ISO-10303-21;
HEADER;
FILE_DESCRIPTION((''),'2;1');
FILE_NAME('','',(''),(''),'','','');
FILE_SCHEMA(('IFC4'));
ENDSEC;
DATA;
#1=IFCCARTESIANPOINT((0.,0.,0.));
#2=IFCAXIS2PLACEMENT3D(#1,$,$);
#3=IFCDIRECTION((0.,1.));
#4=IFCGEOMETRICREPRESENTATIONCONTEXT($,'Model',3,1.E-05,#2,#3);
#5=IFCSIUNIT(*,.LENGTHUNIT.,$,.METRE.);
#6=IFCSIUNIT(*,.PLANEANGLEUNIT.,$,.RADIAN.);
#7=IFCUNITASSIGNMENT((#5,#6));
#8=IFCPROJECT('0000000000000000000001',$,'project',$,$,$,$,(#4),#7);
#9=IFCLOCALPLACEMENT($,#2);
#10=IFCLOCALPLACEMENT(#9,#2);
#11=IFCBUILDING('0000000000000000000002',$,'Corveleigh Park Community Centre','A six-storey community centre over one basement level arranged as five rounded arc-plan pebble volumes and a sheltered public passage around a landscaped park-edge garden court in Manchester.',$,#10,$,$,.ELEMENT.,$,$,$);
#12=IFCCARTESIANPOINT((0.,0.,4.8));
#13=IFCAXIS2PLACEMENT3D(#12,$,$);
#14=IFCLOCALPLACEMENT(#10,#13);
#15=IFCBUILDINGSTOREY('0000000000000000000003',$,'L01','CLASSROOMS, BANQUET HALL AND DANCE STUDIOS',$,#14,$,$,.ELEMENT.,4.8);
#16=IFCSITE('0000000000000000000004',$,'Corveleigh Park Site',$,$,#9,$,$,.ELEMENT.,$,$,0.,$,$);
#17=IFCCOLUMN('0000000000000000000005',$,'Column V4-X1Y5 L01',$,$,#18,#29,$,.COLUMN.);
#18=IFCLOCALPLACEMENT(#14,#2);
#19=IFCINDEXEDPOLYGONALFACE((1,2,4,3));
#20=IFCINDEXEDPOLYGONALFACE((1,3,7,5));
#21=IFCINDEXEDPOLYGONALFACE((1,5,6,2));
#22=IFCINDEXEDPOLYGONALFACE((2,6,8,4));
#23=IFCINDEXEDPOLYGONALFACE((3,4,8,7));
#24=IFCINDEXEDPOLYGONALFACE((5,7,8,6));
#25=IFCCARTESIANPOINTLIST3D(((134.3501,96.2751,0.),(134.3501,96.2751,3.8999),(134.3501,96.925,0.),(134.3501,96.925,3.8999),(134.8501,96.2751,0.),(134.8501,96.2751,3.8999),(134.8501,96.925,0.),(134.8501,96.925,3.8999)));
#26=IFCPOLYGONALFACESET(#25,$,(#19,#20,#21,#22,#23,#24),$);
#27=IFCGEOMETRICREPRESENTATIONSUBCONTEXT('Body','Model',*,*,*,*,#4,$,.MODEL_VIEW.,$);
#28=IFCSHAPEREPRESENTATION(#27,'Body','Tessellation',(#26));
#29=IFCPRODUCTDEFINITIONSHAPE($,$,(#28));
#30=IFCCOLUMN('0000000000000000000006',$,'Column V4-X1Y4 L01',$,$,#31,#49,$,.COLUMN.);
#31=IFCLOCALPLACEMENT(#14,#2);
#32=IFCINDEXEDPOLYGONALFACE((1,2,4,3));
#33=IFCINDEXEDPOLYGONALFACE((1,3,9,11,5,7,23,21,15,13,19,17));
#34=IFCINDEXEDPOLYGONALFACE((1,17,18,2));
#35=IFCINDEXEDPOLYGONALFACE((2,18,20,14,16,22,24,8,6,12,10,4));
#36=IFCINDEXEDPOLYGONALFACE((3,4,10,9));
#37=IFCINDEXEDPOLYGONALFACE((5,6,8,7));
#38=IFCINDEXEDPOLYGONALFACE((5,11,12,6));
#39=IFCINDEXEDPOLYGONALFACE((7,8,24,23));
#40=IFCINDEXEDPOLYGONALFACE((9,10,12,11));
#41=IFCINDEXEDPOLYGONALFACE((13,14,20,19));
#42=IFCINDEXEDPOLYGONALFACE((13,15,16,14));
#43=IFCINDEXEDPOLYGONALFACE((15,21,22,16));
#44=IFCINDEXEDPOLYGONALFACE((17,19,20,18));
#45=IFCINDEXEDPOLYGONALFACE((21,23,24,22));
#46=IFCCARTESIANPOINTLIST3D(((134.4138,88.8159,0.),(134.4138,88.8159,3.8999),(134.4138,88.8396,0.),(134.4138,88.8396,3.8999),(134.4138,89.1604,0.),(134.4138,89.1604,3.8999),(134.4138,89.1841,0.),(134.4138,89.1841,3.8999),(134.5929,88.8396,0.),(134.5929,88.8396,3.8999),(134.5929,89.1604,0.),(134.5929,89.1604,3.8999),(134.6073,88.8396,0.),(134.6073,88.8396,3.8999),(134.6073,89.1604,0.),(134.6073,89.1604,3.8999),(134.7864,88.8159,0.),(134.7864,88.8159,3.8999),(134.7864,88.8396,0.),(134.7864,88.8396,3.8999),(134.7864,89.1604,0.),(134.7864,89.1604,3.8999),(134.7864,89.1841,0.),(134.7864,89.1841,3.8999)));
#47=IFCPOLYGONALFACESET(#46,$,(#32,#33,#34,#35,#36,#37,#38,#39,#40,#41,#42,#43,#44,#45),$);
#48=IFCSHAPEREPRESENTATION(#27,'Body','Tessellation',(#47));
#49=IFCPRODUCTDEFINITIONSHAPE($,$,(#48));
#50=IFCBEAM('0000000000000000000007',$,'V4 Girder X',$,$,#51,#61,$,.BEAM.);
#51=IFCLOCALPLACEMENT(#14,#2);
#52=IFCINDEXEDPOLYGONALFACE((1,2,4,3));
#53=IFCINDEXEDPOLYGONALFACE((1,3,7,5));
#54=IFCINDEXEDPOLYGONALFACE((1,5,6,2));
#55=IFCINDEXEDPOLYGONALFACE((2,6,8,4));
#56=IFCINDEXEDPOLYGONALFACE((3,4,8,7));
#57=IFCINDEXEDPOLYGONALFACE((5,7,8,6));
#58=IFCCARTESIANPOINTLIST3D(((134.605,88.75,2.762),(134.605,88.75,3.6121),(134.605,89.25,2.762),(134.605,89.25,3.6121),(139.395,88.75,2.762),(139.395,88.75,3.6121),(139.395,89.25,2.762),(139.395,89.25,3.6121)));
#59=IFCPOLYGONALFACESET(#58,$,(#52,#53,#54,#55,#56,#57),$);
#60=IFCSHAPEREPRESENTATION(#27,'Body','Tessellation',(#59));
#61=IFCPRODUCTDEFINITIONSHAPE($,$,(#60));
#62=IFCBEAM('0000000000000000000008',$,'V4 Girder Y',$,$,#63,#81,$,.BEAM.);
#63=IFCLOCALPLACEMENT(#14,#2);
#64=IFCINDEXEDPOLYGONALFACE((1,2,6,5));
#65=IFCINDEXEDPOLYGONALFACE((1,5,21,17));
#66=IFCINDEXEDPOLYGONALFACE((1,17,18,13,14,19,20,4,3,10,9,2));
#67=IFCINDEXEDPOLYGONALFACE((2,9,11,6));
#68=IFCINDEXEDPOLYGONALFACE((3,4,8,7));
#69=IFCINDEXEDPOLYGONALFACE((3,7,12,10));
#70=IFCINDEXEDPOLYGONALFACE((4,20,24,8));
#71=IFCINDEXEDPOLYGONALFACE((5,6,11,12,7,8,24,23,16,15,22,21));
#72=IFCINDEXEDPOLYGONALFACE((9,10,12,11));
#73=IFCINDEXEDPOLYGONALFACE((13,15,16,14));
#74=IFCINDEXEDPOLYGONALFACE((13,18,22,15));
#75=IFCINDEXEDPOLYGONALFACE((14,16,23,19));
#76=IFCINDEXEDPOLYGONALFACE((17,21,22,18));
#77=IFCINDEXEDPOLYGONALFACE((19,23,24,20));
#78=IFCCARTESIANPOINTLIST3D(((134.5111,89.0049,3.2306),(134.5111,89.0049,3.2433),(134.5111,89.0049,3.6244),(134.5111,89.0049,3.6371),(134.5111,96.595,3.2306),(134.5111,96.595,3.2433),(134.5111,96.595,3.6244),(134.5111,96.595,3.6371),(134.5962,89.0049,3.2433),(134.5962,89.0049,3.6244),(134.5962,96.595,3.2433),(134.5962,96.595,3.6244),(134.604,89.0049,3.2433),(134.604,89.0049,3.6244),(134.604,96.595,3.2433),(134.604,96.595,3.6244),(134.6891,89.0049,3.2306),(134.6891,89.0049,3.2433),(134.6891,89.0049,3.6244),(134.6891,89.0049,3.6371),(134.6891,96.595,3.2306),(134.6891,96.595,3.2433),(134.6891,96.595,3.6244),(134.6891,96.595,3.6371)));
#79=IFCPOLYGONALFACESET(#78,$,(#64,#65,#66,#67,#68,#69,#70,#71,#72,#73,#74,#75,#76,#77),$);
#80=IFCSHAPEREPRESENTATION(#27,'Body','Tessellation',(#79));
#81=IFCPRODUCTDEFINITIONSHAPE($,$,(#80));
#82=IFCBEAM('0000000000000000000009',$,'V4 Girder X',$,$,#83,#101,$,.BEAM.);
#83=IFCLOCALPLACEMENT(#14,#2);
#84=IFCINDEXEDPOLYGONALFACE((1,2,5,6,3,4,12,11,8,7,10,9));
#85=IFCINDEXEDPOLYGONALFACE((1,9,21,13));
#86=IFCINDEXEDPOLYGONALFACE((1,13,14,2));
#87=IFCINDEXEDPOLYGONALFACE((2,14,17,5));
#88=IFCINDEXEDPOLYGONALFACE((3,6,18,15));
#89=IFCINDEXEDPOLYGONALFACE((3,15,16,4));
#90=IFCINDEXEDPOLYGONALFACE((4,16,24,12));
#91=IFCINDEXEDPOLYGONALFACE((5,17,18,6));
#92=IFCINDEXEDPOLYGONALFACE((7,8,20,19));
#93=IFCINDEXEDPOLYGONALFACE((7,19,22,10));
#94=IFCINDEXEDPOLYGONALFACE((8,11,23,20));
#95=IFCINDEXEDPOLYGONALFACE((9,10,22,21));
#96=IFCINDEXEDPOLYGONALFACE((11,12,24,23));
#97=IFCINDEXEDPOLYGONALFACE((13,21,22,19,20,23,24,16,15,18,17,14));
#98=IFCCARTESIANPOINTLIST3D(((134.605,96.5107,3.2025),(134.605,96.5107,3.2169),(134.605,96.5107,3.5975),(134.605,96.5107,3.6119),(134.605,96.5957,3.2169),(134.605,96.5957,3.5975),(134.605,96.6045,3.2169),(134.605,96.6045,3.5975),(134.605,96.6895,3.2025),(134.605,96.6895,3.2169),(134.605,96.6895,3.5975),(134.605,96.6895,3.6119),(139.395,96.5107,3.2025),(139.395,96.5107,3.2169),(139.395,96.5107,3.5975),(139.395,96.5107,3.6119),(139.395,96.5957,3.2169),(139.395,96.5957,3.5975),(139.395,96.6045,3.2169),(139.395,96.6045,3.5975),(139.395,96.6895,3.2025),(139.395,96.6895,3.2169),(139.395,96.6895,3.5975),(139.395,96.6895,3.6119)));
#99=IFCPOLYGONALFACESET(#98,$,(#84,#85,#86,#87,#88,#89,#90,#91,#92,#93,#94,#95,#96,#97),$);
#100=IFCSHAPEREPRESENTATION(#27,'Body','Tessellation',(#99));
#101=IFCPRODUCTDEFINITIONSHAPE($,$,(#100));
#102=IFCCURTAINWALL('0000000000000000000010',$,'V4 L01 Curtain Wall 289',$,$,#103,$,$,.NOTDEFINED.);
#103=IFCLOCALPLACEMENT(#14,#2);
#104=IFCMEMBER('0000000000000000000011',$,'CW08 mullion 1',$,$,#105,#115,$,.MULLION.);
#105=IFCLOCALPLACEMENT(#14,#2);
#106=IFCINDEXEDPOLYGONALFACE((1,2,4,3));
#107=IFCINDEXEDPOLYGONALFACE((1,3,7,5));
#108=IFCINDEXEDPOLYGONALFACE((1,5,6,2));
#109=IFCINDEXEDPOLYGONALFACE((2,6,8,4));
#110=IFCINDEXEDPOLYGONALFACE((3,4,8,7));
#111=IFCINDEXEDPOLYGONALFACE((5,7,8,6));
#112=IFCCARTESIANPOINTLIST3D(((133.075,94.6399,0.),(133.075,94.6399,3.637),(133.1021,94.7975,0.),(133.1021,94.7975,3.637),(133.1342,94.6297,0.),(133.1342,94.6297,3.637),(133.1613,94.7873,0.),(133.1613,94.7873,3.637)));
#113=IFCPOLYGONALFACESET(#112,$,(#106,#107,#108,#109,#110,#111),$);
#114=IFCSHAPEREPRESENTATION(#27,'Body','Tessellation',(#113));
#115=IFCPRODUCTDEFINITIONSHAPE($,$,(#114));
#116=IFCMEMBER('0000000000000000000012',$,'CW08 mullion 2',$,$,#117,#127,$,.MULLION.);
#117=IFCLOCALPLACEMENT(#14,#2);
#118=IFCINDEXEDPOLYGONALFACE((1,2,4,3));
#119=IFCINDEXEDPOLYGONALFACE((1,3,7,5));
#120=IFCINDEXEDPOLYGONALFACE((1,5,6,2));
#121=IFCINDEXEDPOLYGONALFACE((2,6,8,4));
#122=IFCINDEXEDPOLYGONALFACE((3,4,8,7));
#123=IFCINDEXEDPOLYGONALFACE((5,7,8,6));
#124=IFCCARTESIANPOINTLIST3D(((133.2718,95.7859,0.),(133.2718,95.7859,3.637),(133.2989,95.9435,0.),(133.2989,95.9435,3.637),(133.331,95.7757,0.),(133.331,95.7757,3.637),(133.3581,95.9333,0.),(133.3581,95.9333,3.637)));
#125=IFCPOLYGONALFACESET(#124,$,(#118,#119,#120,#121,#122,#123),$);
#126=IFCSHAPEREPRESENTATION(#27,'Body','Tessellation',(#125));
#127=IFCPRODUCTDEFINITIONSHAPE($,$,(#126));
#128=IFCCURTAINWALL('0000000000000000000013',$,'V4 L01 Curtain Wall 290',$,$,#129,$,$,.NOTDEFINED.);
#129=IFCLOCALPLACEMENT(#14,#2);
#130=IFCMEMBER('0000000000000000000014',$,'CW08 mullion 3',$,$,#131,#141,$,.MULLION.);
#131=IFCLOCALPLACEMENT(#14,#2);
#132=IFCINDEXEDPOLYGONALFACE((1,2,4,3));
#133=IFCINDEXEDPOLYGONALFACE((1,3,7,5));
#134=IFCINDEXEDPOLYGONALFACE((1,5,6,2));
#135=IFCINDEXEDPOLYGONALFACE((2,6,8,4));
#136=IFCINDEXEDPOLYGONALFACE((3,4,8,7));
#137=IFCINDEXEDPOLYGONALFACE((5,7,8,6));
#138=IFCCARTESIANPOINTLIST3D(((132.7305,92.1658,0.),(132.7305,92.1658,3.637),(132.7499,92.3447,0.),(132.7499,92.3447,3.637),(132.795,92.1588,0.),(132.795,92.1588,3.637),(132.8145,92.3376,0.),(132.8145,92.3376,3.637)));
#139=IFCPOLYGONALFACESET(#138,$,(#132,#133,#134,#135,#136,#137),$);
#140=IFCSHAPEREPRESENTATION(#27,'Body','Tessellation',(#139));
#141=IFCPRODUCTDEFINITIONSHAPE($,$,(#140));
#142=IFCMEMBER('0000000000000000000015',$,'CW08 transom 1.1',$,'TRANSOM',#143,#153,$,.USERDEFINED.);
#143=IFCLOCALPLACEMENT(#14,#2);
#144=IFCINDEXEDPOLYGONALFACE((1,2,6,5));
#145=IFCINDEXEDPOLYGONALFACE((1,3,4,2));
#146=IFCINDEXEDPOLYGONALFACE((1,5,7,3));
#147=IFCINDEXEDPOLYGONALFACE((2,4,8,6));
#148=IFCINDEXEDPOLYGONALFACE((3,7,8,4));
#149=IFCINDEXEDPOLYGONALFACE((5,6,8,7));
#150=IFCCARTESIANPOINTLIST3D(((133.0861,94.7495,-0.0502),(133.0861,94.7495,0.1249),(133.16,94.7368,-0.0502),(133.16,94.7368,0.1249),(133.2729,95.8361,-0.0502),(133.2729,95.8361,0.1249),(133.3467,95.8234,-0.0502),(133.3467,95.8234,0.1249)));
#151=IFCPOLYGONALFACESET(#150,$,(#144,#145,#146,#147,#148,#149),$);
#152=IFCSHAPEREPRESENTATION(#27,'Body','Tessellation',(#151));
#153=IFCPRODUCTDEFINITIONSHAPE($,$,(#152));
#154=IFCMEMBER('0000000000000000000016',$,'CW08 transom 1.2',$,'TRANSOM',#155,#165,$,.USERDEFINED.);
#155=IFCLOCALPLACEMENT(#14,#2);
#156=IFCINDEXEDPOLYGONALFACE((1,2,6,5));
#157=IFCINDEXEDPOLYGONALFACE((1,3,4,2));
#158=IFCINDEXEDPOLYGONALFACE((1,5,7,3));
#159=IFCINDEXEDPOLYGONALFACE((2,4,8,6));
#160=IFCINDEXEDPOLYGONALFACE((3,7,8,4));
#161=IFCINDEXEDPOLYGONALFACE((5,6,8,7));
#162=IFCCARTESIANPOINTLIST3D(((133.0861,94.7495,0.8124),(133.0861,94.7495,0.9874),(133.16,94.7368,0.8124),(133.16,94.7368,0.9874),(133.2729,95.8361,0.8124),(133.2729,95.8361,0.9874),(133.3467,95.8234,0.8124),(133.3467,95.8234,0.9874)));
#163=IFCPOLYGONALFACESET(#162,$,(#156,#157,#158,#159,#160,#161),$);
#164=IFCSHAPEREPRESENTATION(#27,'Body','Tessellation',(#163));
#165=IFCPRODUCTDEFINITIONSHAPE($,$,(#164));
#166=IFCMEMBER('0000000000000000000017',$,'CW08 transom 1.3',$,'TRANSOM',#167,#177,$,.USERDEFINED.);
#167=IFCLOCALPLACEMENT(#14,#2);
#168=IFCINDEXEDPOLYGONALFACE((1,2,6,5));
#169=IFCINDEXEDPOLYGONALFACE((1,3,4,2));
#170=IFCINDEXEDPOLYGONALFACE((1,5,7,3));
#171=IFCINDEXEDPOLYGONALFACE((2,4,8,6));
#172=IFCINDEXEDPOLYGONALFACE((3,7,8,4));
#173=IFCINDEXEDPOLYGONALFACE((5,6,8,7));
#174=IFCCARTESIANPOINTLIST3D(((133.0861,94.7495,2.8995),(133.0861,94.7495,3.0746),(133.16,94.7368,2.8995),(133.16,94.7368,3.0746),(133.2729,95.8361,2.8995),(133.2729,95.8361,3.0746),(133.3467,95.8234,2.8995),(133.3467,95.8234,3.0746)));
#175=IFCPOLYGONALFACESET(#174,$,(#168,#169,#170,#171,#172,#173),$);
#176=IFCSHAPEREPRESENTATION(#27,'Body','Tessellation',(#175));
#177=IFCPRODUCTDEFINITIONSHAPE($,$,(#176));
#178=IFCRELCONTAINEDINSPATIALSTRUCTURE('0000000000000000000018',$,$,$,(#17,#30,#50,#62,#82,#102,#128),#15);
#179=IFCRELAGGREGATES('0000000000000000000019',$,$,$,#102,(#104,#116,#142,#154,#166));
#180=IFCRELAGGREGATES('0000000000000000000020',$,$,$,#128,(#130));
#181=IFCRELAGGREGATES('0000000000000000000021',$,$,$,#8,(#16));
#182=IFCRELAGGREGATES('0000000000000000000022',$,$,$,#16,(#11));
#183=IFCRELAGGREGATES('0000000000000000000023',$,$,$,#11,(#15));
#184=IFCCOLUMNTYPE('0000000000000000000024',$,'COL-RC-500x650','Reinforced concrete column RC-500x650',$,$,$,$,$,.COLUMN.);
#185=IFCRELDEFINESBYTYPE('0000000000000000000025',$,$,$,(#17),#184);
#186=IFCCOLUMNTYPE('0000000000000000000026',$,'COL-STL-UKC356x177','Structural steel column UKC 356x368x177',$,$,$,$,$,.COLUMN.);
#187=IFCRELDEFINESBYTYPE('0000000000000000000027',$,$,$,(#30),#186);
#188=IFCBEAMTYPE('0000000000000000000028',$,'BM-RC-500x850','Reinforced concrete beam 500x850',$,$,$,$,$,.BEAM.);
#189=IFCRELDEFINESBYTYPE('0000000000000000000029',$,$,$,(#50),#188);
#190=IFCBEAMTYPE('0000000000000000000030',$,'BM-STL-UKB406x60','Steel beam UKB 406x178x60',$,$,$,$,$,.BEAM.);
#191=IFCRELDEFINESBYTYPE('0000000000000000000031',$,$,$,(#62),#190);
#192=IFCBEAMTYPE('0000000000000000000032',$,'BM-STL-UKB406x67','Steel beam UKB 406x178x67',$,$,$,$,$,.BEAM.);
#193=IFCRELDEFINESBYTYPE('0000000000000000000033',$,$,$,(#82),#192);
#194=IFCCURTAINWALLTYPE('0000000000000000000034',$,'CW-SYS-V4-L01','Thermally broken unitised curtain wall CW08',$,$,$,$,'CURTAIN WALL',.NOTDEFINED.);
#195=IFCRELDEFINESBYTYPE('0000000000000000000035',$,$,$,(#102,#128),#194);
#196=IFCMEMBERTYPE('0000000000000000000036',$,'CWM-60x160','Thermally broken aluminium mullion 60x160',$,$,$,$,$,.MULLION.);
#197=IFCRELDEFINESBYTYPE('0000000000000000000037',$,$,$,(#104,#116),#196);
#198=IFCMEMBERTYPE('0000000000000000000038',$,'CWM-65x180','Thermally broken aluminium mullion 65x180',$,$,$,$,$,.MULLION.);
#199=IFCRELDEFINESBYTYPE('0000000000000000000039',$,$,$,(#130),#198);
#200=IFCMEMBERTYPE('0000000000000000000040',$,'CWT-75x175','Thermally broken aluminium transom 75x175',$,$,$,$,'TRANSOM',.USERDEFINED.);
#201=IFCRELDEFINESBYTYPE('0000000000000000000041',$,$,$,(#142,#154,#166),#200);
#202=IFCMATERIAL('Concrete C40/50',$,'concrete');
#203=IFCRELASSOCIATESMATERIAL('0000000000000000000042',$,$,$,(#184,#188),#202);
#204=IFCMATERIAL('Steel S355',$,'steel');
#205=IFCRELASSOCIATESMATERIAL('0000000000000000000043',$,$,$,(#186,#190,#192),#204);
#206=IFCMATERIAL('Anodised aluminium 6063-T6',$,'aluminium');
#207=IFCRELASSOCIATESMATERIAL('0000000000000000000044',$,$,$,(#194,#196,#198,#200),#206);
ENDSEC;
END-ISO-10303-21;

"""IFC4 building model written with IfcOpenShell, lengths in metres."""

from ifc_helpers import new_model, si_unit, direction, frame, origin, origin_2d, place, context, subcontext, project, spatial, rectangle, i_section, extrude, material, material_profile, profile_set, type_object, element, aggregate, save


model = new_model("IFC4")

# Units and contexts
model_context = context("Model", 3, precision=1e-05, world=origin(), true_north=direction((0.0, 1.0)))
body_context = subcontext(model_context, "Body", "Model", "MODEL_VIEW")
ifc_project = project(units=[si_unit("LENGTHUNIT", "METRE"), si_unit("PLANEANGLEUNIT", "RADIAN")], contexts=[model_context])

# Site, building, storey
site_placement = place(None, origin())
site = spatial("IfcSite", under=ifc_project, at=site_placement, Name="Corveleigh Park Site", CompositionType="ELEMENT", RefElevation=0.0)
building_placement = place(site_placement, origin())
building = spatial("IfcBuilding", under=site, at=building_placement, Name="Corveleigh Park Community Centre", Description="A six-storey community centre over one basement level arranged as five rounded arc-plan pebble volumes and a sheltered public passage around a landscaped park-edge garden court in Manchester.", CompositionType="ELEMENT")
storey_placement = place(building_placement, frame((0.0, 0.0, 4.8)))
storey = spatial("IfcBuildingStorey", under=building, at=storey_placement, Name="L01", Description="CLASSROOMS, BANQUET HALL AND DANCE STUDIOS", CompositionType="ELEMENT", Elevation=4.8)

# Columns
ifc_material_1 = material(Name="Concrete C40/50", Category="concrete")
ifc_material_profile_1 = material_profile(ifc_material_1, rectangle(XDim=0.5, YDim=0.6499, at=origin_2d()), Name="RC-500x650", Category="concrete")
ifc_profile_set_1 = profile_set([ifc_material_profile_1], Name="Concrete C40/50")
column_type_1 = type_object("IfcColumnType", Name="COL-RC-500x650", Description="Reinforced concrete column RC-500x650", PredefinedType="COLUMN", material=ifc_profile_set_1)
column_1_placement = place(storey_placement, frame((134.6001, 96.6001, 0.0), z_axis=(0.0, 0.0, 1.0), x_axis=(1.0, 0.0, 0.0)))
element("IfcColumn", 1, at=column_1_placement, inside=storey, type_object=column_type_1, Name="Column V4-X1Y5 L01", PredefinedType="COLUMN", context=body_context, shape_type="SweptSolid", body=[
    extrude(rectangle(XDim=0.5, YDim=0.6499, at=origin_2d()), origin(), (0.0, 0.0, 1.0), 3.8999),
])
ifc_material_2 = material(Name="Steel S355", Category="steel")
ifc_material_profile_2 = material_profile(ifc_material_2, i_section(OverallWidth=0.3726, OverallDepth=0.3682, WebThickness=0.0144, FlangeThickness=0.0237, at=origin_2d()), Name="UKC 356x368x177", Category="steel")
ifc_profile_set_2 = profile_set([ifc_material_profile_2], Name="Steel S355")
column_type_2 = type_object("IfcColumnType", Name="COL-STL-UKC356x177", Description="Structural steel column UKC 356x368x177", PredefinedType="COLUMN", material=ifc_profile_set_2)
column_2_placement = place(storey_placement, frame((134.6001, 89.0, 0.0), z_axis=(0.0, 0.0, 1.0), x_axis=(1.0, 0.0, 0.0)))
element("IfcColumn", 2, at=column_2_placement, inside=storey, type_object=column_type_2, Name="Column V4-X1Y4 L01", PredefinedType="COLUMN", context=body_context, shape_type="SweptSolid", body=[
    extrude(i_section(OverallWidth=0.3726, OverallDepth=0.3682, WebThickness=0.0144, FlangeThickness=0.0237, at=origin_2d()), origin(), (0.0, 0.0, 1.0), 3.8999),
])

# Beams
ifc_material_profile_3 = material_profile(ifc_material_1, rectangle(XDim=0.5, YDim=0.8501, at=origin_2d()), Name="RC-500x850", Category="concrete")
ifc_profile_set_3 = profile_set([ifc_material_profile_3], Name="Concrete C40/50")
beam_type_1 = type_object("IfcBeamType", Name="BM-RC-500x850", Description="Reinforced concrete beam 500x850", PredefinedType="BEAM", material=ifc_profile_set_3)
beam_1_placement = place(storey_placement, frame((134.605, 89.0, 3.187), z_axis=(1.0, 0.0, 0.0), x_axis=(0.0, 1.0, 0.0)))
element("IfcBeam", 3, at=beam_1_placement, inside=storey, type_object=beam_type_1, Name="V4 Girder X", PredefinedType="BEAM", context=body_context, shape_type="SweptSolid", body=[
    extrude(rectangle(XDim=0.5, YDim=0.8501, at=origin_2d()), origin(), (0.0, 0.0, 1.0), 4.79),
])
ifc_material_profile_4 = material_profile(ifc_material_2, i_section(OverallWidth=0.178, OverallDepth=0.4065, WebThickness=0.0078, FlangeThickness=0.0127, at=origin_2d()), Name="UKB 406x178x60", Category="steel")
ifc_profile_set_4 = profile_set([ifc_material_profile_4], Name="Steel S355")
beam_type_2 = type_object("IfcBeamType", Name="BM-STL-UKB406x60", Description="Steel beam UKB 406x178x60", PredefinedType="BEAM", material=ifc_profile_set_4)
beam_2_placement = place(storey_placement, frame((134.6001, 89.0049, 3.4338), z_axis=(0.0, 1.0, 0.0), x_axis=(-1.0, 0.0, 0.0)))
element("IfcBeam", 4, at=beam_2_placement, inside=storey, type_object=beam_type_2, Name="V4 Girder Y", PredefinedType="BEAM", context=body_context, shape_type="SweptSolid", body=[
    extrude(i_section(OverallWidth=0.178, OverallDepth=0.4065, WebThickness=0.0078, FlangeThickness=0.0127, at=origin_2d()), origin(), (0.0, 0.0, 1.0), 7.5901),
])
ifc_material_profile_5 = material_profile(ifc_material_2, i_section(OverallWidth=0.1787, OverallDepth=0.4094, WebThickness=0.0088, FlangeThickness=0.0144, at=origin_2d()), Name="UKB 406x178x67", Category="steel")
ifc_profile_set_5 = profile_set([ifc_material_profile_5], Name="Steel S355")
beam_type_3 = type_object("IfcBeamType", Name="BM-STL-UKB406x67", Description="Steel beam UKB 406x178x67", PredefinedType="BEAM", material=ifc_profile_set_5)
beam_3_placement = place(storey_placement, frame((134.605, 96.6001, 3.4072), z_axis=(1.0, 0.0, 0.0), x_axis=(0.0, 1.0, 0.0)))
element("IfcBeam", 5, at=beam_3_placement, inside=storey, type_object=beam_type_3, Name="V4 Girder X", PredefinedType="BEAM", context=body_context, shape_type="SweptSolid", body=[
    extrude(i_section(OverallWidth=0.1787, OverallDepth=0.4094, WebThickness=0.0088, FlangeThickness=0.0144, at=origin_2d()), origin(), (0.0, 0.0, 1.0), 4.79),
])

# Curtain wall, members
ifc_material_3 = material(Name="Anodised aluminium 6063-T6", Category="aluminium")
curtain_wall_type = type_object("IfcCurtainWallType", Name="CW-SYS-V4-L01", Description="Thermally broken unitised curtain wall CW08", ElementType="CURTAIN WALL", PredefinedType="NOTDEFINED", material=ifc_material_3)
curtain_wall_1_placement = place(storey_placement, origin())
curtain_wall_1 = element("IfcCurtainWall", 6, at=curtain_wall_1_placement, inside=storey, type_object=curtain_wall_type, Name="V4 L01 Curtain Wall 289", PredefinedType="NOTDEFINED")
ifc_material_profile_6 = material_profile(ifc_material_3, rectangle(XDim=0.0601, YDim=0.1599, at=origin_2d()), Name="ALU-M60x160", Category="aluminium")
ifc_profile_set_6 = profile_set([ifc_material_profile_6], Name="Anodised aluminium 6063-T6")
member_type_1 = type_object("IfcMemberType", Name="CWM-60x160", Description="Thermally broken aluminium mullion 60x160", PredefinedType="MULLION", material=ifc_profile_set_6)
member_1_placement = place(storey_placement, frame((133.1182, 94.7136, 0.0), z_axis=(0.0, 0.0, 1.0), x_axis=(-0.985554, 0.169359, 0.0)))
member_1 = element("IfcMember", 7, at=member_1_placement, type_object=member_type_1, Name="CW08 mullion 1", PredefinedType="MULLION", context=body_context, shape_type="SweptSolid", body=[
    extrude(rectangle(XDim=0.0601, YDim=0.1599, at=origin_2d()), origin(), (0.0, 0.0, 1.0), 3.637),
])
member_2_placement = place(storey_placement, frame((133.3149, 95.8596, 0.0), z_axis=(0.0, 0.0, 1.0), x_axis=(-0.985554, 0.169359, 0.0)))
member_2 = element("IfcMember", 8, at=member_2_placement, type_object=member_type_1, Name="CW08 mullion 2", PredefinedType="MULLION", context=body_context, shape_type="SweptSolid", body=[
    extrude(rectangle(XDim=0.0601, YDim=0.1599, at=origin_2d()), origin(), (0.0, 0.0, 1.0), 3.637),
])

# Curtain wall, member
curtain_wall_2_placement = place(storey_placement, origin())
curtain_wall_2 = element("IfcCurtainWall", 9, at=curtain_wall_2_placement, inside=storey, type_object=curtain_wall_type, Name="V4 L01 Curtain Wall 290", PredefinedType="NOTDEFINED")
ifc_material_profile_7 = material_profile(ifc_material_3, rectangle(XDim=0.0649, YDim=0.1799, at=origin_2d()), Name="ALU-M65x180", Category="aluminium")
ifc_profile_set_7 = profile_set([ifc_material_profile_7], Name="Anodised aluminium 6063-T6")
member_type_2 = type_object("IfcMemberType", Name="CWM-65x180", Description="Thermally broken aluminium mullion 65x180", PredefinedType="MULLION", material=ifc_profile_set_7)
member_3_placement = place(storey_placement, frame((132.7725, 92.2517, 0.0), z_axis=(0.0, 0.0, 1.0), x_axis=(-0.994137, 0.108131, 0.0)))
member_3 = element("IfcMember", 10, at=member_3_placement, type_object=member_type_2, Name="CW08 mullion 3", PredefinedType="MULLION", context=body_context, shape_type="SweptSolid", body=[
    extrude(rectangle(XDim=0.0649, YDim=0.1799, at=origin_2d()), origin(), (0.0, 0.0, 1.0), 3.637),
])

# Members
ifc_material_profile_8 = material_profile(ifc_material_3, rectangle(XDim=0.075, YDim=0.175, at=origin_2d()), Name="ALU-T75x175", Category="aluminium")
ifc_profile_set_8 = profile_set([ifc_material_profile_8], Name="Anodised aluminium 6063-T6")
member_type_3 = type_object("IfcMemberType", Name="CWT-75x175", Description="Thermally broken aluminium transom 75x175", ElementType="TRANSOM", PredefinedType="USERDEFINED", material=ifc_profile_set_8)
member_4_placement = place(storey_placement, frame((133.123, 94.7432, 0.0374), z_axis=(0.169388, 0.985549, 0.0), x_axis=(-0.985549, 0.169388, 0.0)))
member_4 = element("IfcMember", 11, at=member_4_placement, type_object=member_type_3, Name="CW08 transom 1.1", ObjectType="TRANSOM", PredefinedType="USERDEFINED", context=body_context, shape_type="SweptSolid", body=[
    extrude(rectangle(XDim=0.075, YDim=0.175, at=origin_2d()), origin(), (0.0, 0.0, 1.0), 1.1025),
])
member_5_placement = place(storey_placement, frame((133.123, 94.7432, 0.8999), z_axis=(0.169388, 0.985549, 0.0), x_axis=(-0.985549, 0.169388, 0.0)))
member_5 = element("IfcMember", 12, at=member_5_placement, type_object=member_type_3, Name="CW08 transom 1.2", ObjectType="TRANSOM", PredefinedType="USERDEFINED", context=body_context, shape_type="SweptSolid", body=[
    extrude(rectangle(XDim=0.075, YDim=0.175, at=origin_2d()), origin(), (0.0, 0.0, 1.0), 1.1025),
])
member_6_placement = place(storey_placement, frame((133.123, 94.7432, 2.9871), z_axis=(0.169388, 0.985549, 0.0), x_axis=(-0.985549, 0.169388, 0.0)))
member_6 = element("IfcMember", 13, at=member_6_placement, type_object=member_type_3, Name="CW08 transom 1.3", ObjectType="TRANSOM", PredefinedType="USERDEFINED", context=body_context, shape_type="SweptSolid", body=[
    extrude(rectangle(XDim=0.075, YDim=0.175, at=origin_2d()), origin(), (0.0, 0.0, 1.0), 1.1025),
])

aggregate(curtain_wall_1, [member_1, member_2, member_4, member_5, member_6])
aggregate(curtain_wall_2, [member_3])

save(model, "model.ifc")
